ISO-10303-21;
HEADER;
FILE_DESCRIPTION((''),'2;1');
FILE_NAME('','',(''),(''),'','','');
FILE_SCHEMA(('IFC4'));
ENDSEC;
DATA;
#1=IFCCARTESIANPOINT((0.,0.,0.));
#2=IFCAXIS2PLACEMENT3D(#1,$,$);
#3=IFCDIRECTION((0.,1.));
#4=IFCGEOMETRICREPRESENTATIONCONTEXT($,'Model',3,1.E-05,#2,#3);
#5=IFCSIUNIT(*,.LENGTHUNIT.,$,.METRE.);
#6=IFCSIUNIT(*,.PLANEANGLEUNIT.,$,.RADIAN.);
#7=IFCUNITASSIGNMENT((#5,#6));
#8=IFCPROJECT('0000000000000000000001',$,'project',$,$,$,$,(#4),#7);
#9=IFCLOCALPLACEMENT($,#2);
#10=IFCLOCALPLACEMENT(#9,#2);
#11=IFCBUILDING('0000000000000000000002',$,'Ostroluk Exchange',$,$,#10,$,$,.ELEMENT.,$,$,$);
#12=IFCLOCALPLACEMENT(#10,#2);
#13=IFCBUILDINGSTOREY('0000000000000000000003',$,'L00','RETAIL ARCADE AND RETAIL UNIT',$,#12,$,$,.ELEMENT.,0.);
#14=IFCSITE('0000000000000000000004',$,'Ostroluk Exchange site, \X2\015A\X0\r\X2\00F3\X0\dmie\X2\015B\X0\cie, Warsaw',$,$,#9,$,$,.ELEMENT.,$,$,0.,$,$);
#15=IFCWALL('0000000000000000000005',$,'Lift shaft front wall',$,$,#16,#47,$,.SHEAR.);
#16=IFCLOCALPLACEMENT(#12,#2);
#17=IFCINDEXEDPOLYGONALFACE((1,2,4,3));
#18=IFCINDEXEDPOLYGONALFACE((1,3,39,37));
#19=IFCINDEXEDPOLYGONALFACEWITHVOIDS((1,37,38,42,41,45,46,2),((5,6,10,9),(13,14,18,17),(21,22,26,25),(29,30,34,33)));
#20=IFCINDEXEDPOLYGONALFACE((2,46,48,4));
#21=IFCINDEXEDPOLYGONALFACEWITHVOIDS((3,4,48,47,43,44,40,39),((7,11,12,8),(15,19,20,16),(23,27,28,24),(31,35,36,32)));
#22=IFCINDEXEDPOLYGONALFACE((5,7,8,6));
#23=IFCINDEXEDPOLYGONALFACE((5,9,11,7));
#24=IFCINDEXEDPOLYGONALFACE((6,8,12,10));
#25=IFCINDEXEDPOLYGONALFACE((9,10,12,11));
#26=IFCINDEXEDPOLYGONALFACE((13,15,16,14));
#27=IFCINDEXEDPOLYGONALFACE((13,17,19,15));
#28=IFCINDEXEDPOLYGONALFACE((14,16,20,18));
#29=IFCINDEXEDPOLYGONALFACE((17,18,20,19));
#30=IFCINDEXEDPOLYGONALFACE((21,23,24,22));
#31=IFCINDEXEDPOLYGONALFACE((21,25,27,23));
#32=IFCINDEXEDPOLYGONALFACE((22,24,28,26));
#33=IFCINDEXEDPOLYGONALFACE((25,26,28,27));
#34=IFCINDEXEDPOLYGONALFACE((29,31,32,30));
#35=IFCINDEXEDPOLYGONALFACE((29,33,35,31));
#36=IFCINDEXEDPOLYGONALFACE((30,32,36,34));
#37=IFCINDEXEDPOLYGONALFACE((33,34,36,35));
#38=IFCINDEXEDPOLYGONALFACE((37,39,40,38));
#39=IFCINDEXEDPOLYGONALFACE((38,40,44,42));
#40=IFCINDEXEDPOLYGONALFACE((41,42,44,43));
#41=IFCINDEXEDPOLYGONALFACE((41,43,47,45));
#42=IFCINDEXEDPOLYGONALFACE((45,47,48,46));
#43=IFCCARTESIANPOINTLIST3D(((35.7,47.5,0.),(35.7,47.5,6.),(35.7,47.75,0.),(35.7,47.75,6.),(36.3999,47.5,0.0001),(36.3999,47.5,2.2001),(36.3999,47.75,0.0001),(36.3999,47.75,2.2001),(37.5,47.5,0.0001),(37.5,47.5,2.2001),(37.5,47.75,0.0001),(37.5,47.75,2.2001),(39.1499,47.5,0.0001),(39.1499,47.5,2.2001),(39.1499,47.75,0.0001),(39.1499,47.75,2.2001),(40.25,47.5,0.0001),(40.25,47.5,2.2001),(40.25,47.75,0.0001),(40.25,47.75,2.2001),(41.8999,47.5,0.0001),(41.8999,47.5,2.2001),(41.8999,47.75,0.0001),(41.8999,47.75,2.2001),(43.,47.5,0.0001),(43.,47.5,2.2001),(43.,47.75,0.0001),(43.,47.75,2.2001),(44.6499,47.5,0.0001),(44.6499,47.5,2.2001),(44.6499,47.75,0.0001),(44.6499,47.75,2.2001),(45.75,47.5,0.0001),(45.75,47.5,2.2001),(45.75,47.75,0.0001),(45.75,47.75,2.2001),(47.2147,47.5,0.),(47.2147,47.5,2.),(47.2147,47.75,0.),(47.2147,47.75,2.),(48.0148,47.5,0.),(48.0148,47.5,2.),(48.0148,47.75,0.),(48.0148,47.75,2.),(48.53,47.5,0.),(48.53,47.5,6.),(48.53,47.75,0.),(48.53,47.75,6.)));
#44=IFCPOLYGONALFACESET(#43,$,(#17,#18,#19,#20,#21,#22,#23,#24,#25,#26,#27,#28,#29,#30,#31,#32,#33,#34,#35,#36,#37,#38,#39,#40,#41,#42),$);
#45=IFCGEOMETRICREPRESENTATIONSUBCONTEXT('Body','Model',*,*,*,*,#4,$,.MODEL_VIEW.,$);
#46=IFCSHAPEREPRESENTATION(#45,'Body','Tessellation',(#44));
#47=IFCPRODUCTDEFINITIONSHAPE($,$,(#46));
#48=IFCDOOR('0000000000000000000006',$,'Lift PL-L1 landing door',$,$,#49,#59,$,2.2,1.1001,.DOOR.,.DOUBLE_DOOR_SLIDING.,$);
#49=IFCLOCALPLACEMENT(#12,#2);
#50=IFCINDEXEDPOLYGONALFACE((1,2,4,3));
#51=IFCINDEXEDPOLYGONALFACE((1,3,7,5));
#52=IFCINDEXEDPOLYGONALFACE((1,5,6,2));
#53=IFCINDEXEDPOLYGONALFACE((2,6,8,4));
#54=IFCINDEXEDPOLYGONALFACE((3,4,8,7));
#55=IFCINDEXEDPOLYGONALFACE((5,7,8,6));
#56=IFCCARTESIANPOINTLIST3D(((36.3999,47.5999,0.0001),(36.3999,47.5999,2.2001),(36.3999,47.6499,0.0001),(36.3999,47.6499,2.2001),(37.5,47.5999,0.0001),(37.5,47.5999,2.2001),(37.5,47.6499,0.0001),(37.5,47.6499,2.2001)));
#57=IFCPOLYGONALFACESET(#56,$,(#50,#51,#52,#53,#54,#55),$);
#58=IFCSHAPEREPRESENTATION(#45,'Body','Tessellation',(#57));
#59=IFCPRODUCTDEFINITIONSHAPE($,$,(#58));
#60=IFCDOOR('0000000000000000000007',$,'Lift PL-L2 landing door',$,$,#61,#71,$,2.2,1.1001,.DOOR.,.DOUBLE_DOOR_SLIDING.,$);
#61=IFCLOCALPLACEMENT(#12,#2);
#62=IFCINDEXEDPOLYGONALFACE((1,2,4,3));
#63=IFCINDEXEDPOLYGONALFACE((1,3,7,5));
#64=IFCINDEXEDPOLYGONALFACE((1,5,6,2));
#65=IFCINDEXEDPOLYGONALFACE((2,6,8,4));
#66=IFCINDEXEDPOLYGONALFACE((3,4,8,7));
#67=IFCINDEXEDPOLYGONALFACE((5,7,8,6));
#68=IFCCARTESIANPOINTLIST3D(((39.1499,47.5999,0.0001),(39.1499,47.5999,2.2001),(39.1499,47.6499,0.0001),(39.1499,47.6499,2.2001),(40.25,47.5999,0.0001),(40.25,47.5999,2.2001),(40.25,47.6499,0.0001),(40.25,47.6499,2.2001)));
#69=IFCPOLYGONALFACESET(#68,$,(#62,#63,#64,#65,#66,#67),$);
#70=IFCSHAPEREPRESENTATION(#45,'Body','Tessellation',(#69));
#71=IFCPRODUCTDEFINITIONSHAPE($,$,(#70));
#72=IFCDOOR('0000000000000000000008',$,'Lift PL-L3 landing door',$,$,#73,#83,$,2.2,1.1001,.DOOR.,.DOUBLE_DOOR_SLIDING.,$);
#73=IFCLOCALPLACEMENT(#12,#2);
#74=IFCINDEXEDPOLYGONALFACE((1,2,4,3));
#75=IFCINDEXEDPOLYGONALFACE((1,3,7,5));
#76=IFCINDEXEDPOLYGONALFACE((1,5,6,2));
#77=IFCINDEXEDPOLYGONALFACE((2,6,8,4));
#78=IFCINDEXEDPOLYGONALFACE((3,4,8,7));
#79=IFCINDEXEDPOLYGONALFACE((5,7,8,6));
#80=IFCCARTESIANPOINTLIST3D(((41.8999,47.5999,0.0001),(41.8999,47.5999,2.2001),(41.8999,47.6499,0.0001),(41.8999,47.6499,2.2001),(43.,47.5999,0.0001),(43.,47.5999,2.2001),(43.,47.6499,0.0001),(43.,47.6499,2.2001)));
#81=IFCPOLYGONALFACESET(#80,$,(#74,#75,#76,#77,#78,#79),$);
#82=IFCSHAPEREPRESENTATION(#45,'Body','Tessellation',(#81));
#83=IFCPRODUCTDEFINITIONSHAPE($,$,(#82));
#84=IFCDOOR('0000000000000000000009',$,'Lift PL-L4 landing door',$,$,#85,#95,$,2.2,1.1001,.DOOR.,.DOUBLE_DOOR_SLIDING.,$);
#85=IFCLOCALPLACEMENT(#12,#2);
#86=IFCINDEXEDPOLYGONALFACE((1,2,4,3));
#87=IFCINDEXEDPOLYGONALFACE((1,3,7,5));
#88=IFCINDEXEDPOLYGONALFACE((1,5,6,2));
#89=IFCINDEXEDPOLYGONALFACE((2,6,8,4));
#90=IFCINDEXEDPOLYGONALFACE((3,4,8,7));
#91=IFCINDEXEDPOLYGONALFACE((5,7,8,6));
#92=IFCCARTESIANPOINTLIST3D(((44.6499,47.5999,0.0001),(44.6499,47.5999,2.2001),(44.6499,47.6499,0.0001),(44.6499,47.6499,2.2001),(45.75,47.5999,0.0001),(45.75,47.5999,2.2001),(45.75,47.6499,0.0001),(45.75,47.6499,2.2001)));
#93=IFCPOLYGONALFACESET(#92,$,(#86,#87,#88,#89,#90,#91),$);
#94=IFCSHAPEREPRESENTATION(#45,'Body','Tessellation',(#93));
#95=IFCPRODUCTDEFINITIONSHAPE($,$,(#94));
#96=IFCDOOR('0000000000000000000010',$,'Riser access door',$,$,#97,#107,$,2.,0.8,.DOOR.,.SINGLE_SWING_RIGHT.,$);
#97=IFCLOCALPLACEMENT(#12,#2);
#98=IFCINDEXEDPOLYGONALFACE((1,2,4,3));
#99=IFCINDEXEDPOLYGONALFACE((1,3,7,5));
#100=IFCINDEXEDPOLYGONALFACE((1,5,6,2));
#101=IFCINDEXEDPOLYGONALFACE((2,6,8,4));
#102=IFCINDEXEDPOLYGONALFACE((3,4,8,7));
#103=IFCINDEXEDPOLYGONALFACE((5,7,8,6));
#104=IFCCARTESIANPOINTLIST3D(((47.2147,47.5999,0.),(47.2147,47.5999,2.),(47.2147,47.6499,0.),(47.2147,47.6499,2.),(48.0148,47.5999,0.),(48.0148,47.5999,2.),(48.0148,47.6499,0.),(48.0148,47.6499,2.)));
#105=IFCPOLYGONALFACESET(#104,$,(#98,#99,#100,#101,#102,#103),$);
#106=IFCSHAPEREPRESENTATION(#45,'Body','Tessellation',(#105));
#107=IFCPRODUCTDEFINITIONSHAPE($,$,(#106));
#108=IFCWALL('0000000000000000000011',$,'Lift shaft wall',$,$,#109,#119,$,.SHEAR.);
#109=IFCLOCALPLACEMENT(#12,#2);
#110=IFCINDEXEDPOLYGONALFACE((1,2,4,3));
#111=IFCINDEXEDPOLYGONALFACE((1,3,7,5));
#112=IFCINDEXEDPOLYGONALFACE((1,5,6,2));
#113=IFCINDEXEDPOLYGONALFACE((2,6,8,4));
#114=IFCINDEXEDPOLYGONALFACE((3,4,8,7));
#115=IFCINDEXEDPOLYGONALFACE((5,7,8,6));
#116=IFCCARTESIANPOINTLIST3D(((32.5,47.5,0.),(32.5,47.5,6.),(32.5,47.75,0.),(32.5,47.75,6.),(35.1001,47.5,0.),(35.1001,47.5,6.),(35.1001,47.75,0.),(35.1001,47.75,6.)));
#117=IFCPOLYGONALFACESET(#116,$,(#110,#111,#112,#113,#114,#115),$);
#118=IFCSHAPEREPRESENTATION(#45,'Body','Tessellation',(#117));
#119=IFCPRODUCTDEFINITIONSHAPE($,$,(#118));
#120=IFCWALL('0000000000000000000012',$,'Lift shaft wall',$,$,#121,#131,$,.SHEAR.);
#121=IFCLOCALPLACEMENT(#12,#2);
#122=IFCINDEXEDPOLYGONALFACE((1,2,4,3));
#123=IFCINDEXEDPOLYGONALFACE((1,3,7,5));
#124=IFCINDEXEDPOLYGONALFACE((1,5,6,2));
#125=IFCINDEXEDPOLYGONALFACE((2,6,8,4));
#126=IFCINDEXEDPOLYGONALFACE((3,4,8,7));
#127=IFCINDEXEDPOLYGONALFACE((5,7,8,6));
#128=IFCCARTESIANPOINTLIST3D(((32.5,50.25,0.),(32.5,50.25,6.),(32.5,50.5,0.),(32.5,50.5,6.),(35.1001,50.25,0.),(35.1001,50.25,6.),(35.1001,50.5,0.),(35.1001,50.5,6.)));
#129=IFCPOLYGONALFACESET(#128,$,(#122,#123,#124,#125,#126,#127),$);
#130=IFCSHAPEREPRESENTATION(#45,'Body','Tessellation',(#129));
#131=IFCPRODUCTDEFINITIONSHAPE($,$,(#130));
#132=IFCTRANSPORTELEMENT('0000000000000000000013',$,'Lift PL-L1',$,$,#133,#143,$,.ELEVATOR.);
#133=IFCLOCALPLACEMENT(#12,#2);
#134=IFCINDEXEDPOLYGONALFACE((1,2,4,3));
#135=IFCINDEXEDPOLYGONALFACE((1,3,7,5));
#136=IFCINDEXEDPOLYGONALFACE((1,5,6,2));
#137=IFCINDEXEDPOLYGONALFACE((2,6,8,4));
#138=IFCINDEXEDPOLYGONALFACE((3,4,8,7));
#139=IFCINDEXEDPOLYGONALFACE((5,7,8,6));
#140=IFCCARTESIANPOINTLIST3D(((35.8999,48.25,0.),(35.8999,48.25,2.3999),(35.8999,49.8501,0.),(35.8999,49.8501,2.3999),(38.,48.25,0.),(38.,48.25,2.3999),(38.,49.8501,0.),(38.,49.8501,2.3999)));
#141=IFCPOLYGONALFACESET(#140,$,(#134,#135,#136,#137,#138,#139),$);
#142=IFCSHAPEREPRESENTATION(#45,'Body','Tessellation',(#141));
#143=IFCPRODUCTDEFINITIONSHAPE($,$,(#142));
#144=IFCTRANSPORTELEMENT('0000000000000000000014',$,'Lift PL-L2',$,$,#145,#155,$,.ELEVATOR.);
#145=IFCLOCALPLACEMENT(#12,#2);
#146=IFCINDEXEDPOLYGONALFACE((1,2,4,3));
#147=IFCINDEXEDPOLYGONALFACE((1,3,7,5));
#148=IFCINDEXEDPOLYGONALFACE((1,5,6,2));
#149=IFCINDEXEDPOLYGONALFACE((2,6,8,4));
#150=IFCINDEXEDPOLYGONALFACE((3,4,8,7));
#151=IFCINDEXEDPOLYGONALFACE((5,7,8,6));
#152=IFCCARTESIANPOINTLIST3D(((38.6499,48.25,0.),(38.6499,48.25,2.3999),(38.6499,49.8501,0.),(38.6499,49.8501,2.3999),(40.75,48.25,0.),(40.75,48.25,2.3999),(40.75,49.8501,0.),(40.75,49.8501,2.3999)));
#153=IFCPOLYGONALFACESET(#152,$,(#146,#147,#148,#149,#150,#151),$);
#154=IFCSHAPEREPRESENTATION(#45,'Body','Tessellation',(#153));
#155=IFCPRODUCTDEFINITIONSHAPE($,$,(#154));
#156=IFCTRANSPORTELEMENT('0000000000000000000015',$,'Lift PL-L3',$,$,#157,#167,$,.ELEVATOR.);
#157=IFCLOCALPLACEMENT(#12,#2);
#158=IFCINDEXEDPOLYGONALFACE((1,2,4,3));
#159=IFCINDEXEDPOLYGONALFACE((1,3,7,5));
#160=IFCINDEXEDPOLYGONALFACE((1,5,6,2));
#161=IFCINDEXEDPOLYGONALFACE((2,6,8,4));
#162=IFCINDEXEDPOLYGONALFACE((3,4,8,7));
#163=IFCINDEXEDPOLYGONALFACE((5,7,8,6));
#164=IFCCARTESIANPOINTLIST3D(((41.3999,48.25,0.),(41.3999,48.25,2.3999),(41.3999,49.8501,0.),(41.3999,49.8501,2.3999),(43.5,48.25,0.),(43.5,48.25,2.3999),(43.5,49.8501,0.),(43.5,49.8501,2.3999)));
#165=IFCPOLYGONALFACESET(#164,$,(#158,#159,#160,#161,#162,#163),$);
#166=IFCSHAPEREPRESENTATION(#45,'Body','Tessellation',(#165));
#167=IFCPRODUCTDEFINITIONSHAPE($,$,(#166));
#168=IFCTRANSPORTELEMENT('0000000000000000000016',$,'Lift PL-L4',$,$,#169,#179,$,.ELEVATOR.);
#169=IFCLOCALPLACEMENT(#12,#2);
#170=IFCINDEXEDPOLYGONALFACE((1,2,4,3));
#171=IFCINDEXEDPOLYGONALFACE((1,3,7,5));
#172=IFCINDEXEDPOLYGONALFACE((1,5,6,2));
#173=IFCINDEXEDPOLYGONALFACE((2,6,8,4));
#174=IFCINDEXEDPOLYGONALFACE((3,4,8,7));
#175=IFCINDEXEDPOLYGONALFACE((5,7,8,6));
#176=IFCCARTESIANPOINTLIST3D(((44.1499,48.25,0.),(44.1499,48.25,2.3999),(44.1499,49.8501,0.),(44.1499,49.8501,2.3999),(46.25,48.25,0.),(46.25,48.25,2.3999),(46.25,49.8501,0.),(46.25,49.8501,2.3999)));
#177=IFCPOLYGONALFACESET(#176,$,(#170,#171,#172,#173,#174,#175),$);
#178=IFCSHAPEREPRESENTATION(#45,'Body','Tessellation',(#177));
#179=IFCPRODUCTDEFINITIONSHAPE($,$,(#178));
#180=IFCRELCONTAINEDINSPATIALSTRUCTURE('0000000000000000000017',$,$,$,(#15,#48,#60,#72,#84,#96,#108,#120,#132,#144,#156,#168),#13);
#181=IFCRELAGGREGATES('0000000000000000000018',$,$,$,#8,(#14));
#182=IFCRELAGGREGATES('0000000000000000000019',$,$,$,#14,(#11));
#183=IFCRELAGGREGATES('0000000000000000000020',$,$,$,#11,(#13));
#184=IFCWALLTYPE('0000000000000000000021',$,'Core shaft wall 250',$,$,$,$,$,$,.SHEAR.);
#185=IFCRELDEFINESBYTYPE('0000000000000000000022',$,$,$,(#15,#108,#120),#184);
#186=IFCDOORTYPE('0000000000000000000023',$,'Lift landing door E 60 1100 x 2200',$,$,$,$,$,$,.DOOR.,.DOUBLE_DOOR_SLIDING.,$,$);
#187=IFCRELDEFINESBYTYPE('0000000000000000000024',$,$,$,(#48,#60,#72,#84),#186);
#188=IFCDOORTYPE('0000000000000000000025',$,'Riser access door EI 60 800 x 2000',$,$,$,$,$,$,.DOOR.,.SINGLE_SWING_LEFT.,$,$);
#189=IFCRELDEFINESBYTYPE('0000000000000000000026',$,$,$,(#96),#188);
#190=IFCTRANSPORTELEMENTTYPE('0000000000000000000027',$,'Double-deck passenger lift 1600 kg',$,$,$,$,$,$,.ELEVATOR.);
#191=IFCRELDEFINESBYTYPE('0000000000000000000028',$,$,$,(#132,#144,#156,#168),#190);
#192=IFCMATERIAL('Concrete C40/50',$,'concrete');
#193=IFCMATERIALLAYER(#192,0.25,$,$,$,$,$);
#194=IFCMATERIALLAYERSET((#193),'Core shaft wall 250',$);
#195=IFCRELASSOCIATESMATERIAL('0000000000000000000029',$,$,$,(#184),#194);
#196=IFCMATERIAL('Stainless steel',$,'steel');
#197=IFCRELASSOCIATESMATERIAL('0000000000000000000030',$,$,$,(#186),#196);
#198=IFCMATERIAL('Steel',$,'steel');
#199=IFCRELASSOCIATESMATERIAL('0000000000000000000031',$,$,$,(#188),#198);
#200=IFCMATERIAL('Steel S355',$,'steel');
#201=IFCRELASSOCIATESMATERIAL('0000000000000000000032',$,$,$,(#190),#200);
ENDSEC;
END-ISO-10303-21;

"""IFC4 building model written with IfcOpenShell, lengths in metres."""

from ifc_helpers import new_model, si_unit, direction, frame, frame_2d, origin, origin_2d, place, context, subcontext, project, spatial, rectangle, extrude, material, layer, layer_set, type_object, element, fill, save


model = new_model("IFC4")

# Units and contexts
model_context = context("Model", 3, precision=1e-05, world=origin(), true_north=direction((0.0, 1.0)))
body_context = subcontext(model_context, "Body", "Model", "MODEL_VIEW")
ifc_project = project(units=[si_unit("LENGTHUNIT", "METRE"), si_unit("PLANEANGLEUNIT", "RADIAN")], contexts=[model_context])

# Site, building, storey
site_placement = place(None, origin())
site = spatial("IfcSite", under=ifc_project, at=site_placement, Name="Ostroluk Exchange site, Śródmieście, Warsaw", CompositionType="ELEMENT", RefElevation=0.0)
building_placement = place(site_placement, origin())
building = spatial("IfcBuilding", under=site, at=building_placement, Name="Ostroluk Exchange", CompositionType="ELEMENT")
storey_placement = place(building_placement, origin())
storey = spatial("IfcBuildingStorey", under=building, at=storey_placement, Name="L00", Description="RETAIL ARCADE AND RETAIL UNIT", CompositionType="ELEMENT", Elevation=0.0)

# Shared definitions
ifc_material_1 = material(Name="Concrete C40/50", Category="concrete")
ifc_layer_1 = layer(ifc_material_1, 0.25)
ifc_layer_set_1 = layer_set([ifc_layer_1], Name="Core shaft wall 250")
wall_type_1 = type_object("IfcWallType", Name="Core shaft wall 250", PredefinedType="SHEAR", material=ifc_layer_set_1)

# Wall, openings, doors
wall_1_placement = place(storey_placement, frame((35.7, 47.625, 0.0), z_axis=(0.0, 0.0, 1.0), x_axis=(1.0, 0.0, 0.0)))
wall_1 = element("IfcWall", 1, at=wall_1_placement, inside=storey, type_object=wall_type_1, Name="Lift shaft front wall", PredefinedType="SHEAR", context=body_context, shape_type="SweptSolid", body=[
    extrude(rectangle(XDim=12.8301, YDim=0.25, at=frame_2d((6.415, 0.0))), origin(), (0.0, 0.0, 1.0), 6.0),
])
opening_1_placement = place(wall_1_placement, frame((0.7, 0.0, 0.0)))
opening_1 = element("IfcOpeningElement", 2, at=opening_1_placement, cuts=wall_1, PredefinedType="OPENING", context=body_context, shape_type="SweptSolid", body=[
    extrude(rectangle(XDim=1.1001, YDim=2.2, at=frame_2d((0.55, 1.1001))), frame((0.0, 0.135, 0.0), z_axis=(0.0, -1.0, 0.0), x_axis=(1.0, 0.0, 0.0)), (0.0, 0.0, 1.0), 0.27),
])
opening_2_placement = place(wall_1_placement, frame((3.45, 0.0, 0.0)))
opening_2 = element("IfcOpeningElement", 3, at=opening_2_placement, cuts=wall_1, PredefinedType="OPENING", context=body_context, shape_type="SweptSolid", body=[
    extrude(rectangle(XDim=1.1001, YDim=2.2, at=frame_2d((0.55, 1.1001))), frame((0.0, 0.135, 0.0), z_axis=(0.0, -1.0, 0.0), x_axis=(1.0, 0.0, 0.0)), (0.0, 0.0, 1.0), 0.27),
])
opening_3_placement = place(wall_1_placement, frame((6.2, 0.0, 0.0)))
opening_3 = element("IfcOpeningElement", 4, at=opening_3_placement, cuts=wall_1, PredefinedType="OPENING", context=body_context, shape_type="SweptSolid", body=[
    extrude(rectangle(XDim=1.1001, YDim=2.2, at=frame_2d((0.55, 1.1001))), frame((0.0, 0.135, 0.0), z_axis=(0.0, -1.0, 0.0), x_axis=(1.0, 0.0, 0.0)), (0.0, 0.0, 1.0), 0.27),
])
opening_4_placement = place(wall_1_placement, frame((8.95, 0.0, 0.0)))
opening_4 = element("IfcOpeningElement", 5, at=opening_4_placement, cuts=wall_1, PredefinedType="OPENING", context=body_context, shape_type="SweptSolid", body=[
    extrude(rectangle(XDim=1.1001, YDim=2.2, at=frame_2d((0.55, 1.1001))), frame((0.0, 0.135, 0.0), z_axis=(0.0, -1.0, 0.0), x_axis=(1.0, 0.0, 0.0)), (0.0, 0.0, 1.0), 0.27),
])
opening_5_placement = place(wall_1_placement, frame((11.5149, 0.0, 0.0)))
opening_5 = element("IfcOpeningElement", 6, at=opening_5_placement, cuts=wall_1, PredefinedType="OPENING", context=body_context, shape_type="SweptSolid", body=[
    extrude(rectangle(XDim=0.8, YDim=2.0, at=frame_2d((0.3999, 1.0))), frame((0.0, 0.135, 0.0), z_axis=(0.0, -1.0, 0.0), x_axis=(1.0, 0.0, 0.0)), (0.0, 0.0, 1.0), 0.27),
])
ifc_material_2 = material(Name="Stainless steel", Category="steel")
door_type_1 = type_object("IfcDoorType", Name="Lift landing door E 60 1100 x 2200", OperationType="DOUBLE_DOOR_SLIDING", PredefinedType="DOOR", material=ifc_material_2)
door_1_placement = place(opening_1_placement, origin())
door_1 = element("IfcDoor", 7, at=door_1_placement, inside=storey, type_object=door_type_1, Name="Lift PL-L1 landing door", OperationType="DOUBLE_DOOR_SLIDING", OverallHeight=2.2, OverallWidth=1.1001, PredefinedType="DOOR", context=body_context, shape_type="SweptSolid", body=[
    extrude(rectangle(XDim=1.1001, YDim=2.2, at=frame_2d((0.55, 1.1001))), frame((0.0, 0.0249, 0.0), z_axis=(0.0, -1.0, 0.0), x_axis=(1.0, 0.0, 0.0)), (0.0, 0.0, 1.0), 0.05),
])
fill(opening_1, door_1)
door_2_placement = place(opening_2_placement, origin())
door_2 = element("IfcDoor", 8, at=door_2_placement, inside=storey, type_object=door_type_1, Name="Lift PL-L2 landing door", OperationType="DOUBLE_DOOR_SLIDING", OverallHeight=2.2, OverallWidth=1.1001, PredefinedType="DOOR", context=body_context, shape_type="SweptSolid", body=[
    extrude(rectangle(XDim=1.1001, YDim=2.2, at=frame_2d((0.55, 1.1001))), frame((0.0, 0.0249, 0.0), z_axis=(0.0, -1.0, 0.0), x_axis=(1.0, 0.0, 0.0)), (0.0, 0.0, 1.0), 0.05),
])
fill(opening_2, door_2)
door_3_placement = place(opening_3_placement, origin())
door_3 = element("IfcDoor", 9, at=door_3_placement, inside=storey, type_object=door_type_1, Name="Lift PL-L3 landing door", OperationType="DOUBLE_DOOR_SLIDING", OverallHeight=2.2, OverallWidth=1.1001, PredefinedType="DOOR", context=body_context, shape_type="SweptSolid", body=[
    extrude(rectangle(XDim=1.1001, YDim=2.2, at=frame_2d((0.55, 1.1001))), frame((0.0, 0.0249, 0.0), z_axis=(0.0, -1.0, 0.0), x_axis=(1.0, 0.0, 0.0)), (0.0, 0.0, 1.0), 0.05),
])
fill(opening_3, door_3)
door_4_placement = place(opening_4_placement, origin())
door_4 = element("IfcDoor", 10, at=door_4_placement, inside=storey, type_object=door_type_1, Name="Lift PL-L4 landing door", OperationType="DOUBLE_DOOR_SLIDING", OverallHeight=2.2, OverallWidth=1.1001, PredefinedType="DOOR", context=body_context, shape_type="SweptSolid", body=[
    extrude(rectangle(XDim=1.1001, YDim=2.2, at=frame_2d((0.55, 1.1001))), frame((0.0, 0.0249, 0.0), z_axis=(0.0, -1.0, 0.0), x_axis=(1.0, 0.0, 0.0)), (0.0, 0.0, 1.0), 0.05),
])
fill(opening_4, door_4)
ifc_material_3 = material(Name="Steel", Category="steel")
door_type_2 = type_object("IfcDoorType", Name="Riser access door EI 60 800 x 2000", OperationType="SINGLE_SWING_LEFT", PredefinedType="DOOR", material=ifc_material_3)
door_5_placement = place(opening_5_placement, origin())
door_5 = element("IfcDoor", 11, at=door_5_placement, inside=storey, type_object=door_type_2, Name="Riser access door", OperationType="SINGLE_SWING_RIGHT", OverallHeight=2.0, OverallWidth=0.8, PredefinedType="DOOR", context=body_context, shape_type="SweptSolid", body=[
    extrude(rectangle(XDim=0.8, YDim=2.0, at=frame_2d((0.3999, 1.0))), frame((0.0, 0.0249, 0.0), z_axis=(0.0, -1.0, 0.0), x_axis=(1.0, 0.0, 0.0)), (0.0, 0.0, 1.0), 0.05),
])
fill(opening_5, door_5)

# Walls
for number, where, z_axis, x_axis, name in (
    (12, (32.5, 47.625, 0.0), (0.0, 0.0, 1.0), (1.0, 0.0, 0.0), "Lift shaft wall"),
    (13, (32.5, 50.375, 0.0), (0.0, 0.0, 1.0), (1.0, 0.0, 0.0), "Lift shaft wall"),
):
    element("IfcWall", number, at=place(storey_placement, frame(where, z_axis=z_axis, x_axis=x_axis)), inside=storey, type_object=wall_type_1, Name=name, PredefinedType="SHEAR", context=body_context, shape_type="SweptSolid", body=[
        extrude(rectangle(XDim=2.6001, YDim=0.25, at=frame_2d((1.3, 0.0))), origin(), (0.0, 0.0, 1.0), 6.0),
    ])

# Transport elements
ifc_material_4 = material(Name="Steel S355", Category="steel")
transport_element_type_1 = type_object("IfcTransportElementType", Name="Double-deck passenger lift 1600 kg", PredefinedType="ELEVATOR", material=ifc_material_4)
for number, where, z_axis, x_axis, name in (
    (14, (36.95, 49.05, 0.0), (0.0, 0.0, 1.0), (1.0, 0.0, 0.0), "Lift PL-L1"),
    (15, (39.7, 49.05, 0.0), (0.0, 0.0, 1.0), (1.0, 0.0, 0.0), "Lift PL-L2"),
    (16, (42.45, 49.05, 0.0), (0.0, 0.0, 1.0), (1.0, 0.0, 0.0), "Lift PL-L3"),
    (17, (45.2, 49.05, 0.0), (0.0, 0.0, 1.0), (1.0, 0.0, 0.0), "Lift PL-L4"),
):
    element("IfcTransportElement", number, at=place(storey_placement, frame(where, z_axis=z_axis, x_axis=x_axis)), inside=storey, type_object=transport_element_type_1, Name=name, PredefinedType="ELEVATOR", context=body_context, shape_type="SweptSolid", body=[
        extrude(rectangle(XDim=2.1001, YDim=1.6001, at=origin_2d()), origin(), (0.0, 0.0, 1.0), 2.3999),
    ])

save(model, "model.ifc")
